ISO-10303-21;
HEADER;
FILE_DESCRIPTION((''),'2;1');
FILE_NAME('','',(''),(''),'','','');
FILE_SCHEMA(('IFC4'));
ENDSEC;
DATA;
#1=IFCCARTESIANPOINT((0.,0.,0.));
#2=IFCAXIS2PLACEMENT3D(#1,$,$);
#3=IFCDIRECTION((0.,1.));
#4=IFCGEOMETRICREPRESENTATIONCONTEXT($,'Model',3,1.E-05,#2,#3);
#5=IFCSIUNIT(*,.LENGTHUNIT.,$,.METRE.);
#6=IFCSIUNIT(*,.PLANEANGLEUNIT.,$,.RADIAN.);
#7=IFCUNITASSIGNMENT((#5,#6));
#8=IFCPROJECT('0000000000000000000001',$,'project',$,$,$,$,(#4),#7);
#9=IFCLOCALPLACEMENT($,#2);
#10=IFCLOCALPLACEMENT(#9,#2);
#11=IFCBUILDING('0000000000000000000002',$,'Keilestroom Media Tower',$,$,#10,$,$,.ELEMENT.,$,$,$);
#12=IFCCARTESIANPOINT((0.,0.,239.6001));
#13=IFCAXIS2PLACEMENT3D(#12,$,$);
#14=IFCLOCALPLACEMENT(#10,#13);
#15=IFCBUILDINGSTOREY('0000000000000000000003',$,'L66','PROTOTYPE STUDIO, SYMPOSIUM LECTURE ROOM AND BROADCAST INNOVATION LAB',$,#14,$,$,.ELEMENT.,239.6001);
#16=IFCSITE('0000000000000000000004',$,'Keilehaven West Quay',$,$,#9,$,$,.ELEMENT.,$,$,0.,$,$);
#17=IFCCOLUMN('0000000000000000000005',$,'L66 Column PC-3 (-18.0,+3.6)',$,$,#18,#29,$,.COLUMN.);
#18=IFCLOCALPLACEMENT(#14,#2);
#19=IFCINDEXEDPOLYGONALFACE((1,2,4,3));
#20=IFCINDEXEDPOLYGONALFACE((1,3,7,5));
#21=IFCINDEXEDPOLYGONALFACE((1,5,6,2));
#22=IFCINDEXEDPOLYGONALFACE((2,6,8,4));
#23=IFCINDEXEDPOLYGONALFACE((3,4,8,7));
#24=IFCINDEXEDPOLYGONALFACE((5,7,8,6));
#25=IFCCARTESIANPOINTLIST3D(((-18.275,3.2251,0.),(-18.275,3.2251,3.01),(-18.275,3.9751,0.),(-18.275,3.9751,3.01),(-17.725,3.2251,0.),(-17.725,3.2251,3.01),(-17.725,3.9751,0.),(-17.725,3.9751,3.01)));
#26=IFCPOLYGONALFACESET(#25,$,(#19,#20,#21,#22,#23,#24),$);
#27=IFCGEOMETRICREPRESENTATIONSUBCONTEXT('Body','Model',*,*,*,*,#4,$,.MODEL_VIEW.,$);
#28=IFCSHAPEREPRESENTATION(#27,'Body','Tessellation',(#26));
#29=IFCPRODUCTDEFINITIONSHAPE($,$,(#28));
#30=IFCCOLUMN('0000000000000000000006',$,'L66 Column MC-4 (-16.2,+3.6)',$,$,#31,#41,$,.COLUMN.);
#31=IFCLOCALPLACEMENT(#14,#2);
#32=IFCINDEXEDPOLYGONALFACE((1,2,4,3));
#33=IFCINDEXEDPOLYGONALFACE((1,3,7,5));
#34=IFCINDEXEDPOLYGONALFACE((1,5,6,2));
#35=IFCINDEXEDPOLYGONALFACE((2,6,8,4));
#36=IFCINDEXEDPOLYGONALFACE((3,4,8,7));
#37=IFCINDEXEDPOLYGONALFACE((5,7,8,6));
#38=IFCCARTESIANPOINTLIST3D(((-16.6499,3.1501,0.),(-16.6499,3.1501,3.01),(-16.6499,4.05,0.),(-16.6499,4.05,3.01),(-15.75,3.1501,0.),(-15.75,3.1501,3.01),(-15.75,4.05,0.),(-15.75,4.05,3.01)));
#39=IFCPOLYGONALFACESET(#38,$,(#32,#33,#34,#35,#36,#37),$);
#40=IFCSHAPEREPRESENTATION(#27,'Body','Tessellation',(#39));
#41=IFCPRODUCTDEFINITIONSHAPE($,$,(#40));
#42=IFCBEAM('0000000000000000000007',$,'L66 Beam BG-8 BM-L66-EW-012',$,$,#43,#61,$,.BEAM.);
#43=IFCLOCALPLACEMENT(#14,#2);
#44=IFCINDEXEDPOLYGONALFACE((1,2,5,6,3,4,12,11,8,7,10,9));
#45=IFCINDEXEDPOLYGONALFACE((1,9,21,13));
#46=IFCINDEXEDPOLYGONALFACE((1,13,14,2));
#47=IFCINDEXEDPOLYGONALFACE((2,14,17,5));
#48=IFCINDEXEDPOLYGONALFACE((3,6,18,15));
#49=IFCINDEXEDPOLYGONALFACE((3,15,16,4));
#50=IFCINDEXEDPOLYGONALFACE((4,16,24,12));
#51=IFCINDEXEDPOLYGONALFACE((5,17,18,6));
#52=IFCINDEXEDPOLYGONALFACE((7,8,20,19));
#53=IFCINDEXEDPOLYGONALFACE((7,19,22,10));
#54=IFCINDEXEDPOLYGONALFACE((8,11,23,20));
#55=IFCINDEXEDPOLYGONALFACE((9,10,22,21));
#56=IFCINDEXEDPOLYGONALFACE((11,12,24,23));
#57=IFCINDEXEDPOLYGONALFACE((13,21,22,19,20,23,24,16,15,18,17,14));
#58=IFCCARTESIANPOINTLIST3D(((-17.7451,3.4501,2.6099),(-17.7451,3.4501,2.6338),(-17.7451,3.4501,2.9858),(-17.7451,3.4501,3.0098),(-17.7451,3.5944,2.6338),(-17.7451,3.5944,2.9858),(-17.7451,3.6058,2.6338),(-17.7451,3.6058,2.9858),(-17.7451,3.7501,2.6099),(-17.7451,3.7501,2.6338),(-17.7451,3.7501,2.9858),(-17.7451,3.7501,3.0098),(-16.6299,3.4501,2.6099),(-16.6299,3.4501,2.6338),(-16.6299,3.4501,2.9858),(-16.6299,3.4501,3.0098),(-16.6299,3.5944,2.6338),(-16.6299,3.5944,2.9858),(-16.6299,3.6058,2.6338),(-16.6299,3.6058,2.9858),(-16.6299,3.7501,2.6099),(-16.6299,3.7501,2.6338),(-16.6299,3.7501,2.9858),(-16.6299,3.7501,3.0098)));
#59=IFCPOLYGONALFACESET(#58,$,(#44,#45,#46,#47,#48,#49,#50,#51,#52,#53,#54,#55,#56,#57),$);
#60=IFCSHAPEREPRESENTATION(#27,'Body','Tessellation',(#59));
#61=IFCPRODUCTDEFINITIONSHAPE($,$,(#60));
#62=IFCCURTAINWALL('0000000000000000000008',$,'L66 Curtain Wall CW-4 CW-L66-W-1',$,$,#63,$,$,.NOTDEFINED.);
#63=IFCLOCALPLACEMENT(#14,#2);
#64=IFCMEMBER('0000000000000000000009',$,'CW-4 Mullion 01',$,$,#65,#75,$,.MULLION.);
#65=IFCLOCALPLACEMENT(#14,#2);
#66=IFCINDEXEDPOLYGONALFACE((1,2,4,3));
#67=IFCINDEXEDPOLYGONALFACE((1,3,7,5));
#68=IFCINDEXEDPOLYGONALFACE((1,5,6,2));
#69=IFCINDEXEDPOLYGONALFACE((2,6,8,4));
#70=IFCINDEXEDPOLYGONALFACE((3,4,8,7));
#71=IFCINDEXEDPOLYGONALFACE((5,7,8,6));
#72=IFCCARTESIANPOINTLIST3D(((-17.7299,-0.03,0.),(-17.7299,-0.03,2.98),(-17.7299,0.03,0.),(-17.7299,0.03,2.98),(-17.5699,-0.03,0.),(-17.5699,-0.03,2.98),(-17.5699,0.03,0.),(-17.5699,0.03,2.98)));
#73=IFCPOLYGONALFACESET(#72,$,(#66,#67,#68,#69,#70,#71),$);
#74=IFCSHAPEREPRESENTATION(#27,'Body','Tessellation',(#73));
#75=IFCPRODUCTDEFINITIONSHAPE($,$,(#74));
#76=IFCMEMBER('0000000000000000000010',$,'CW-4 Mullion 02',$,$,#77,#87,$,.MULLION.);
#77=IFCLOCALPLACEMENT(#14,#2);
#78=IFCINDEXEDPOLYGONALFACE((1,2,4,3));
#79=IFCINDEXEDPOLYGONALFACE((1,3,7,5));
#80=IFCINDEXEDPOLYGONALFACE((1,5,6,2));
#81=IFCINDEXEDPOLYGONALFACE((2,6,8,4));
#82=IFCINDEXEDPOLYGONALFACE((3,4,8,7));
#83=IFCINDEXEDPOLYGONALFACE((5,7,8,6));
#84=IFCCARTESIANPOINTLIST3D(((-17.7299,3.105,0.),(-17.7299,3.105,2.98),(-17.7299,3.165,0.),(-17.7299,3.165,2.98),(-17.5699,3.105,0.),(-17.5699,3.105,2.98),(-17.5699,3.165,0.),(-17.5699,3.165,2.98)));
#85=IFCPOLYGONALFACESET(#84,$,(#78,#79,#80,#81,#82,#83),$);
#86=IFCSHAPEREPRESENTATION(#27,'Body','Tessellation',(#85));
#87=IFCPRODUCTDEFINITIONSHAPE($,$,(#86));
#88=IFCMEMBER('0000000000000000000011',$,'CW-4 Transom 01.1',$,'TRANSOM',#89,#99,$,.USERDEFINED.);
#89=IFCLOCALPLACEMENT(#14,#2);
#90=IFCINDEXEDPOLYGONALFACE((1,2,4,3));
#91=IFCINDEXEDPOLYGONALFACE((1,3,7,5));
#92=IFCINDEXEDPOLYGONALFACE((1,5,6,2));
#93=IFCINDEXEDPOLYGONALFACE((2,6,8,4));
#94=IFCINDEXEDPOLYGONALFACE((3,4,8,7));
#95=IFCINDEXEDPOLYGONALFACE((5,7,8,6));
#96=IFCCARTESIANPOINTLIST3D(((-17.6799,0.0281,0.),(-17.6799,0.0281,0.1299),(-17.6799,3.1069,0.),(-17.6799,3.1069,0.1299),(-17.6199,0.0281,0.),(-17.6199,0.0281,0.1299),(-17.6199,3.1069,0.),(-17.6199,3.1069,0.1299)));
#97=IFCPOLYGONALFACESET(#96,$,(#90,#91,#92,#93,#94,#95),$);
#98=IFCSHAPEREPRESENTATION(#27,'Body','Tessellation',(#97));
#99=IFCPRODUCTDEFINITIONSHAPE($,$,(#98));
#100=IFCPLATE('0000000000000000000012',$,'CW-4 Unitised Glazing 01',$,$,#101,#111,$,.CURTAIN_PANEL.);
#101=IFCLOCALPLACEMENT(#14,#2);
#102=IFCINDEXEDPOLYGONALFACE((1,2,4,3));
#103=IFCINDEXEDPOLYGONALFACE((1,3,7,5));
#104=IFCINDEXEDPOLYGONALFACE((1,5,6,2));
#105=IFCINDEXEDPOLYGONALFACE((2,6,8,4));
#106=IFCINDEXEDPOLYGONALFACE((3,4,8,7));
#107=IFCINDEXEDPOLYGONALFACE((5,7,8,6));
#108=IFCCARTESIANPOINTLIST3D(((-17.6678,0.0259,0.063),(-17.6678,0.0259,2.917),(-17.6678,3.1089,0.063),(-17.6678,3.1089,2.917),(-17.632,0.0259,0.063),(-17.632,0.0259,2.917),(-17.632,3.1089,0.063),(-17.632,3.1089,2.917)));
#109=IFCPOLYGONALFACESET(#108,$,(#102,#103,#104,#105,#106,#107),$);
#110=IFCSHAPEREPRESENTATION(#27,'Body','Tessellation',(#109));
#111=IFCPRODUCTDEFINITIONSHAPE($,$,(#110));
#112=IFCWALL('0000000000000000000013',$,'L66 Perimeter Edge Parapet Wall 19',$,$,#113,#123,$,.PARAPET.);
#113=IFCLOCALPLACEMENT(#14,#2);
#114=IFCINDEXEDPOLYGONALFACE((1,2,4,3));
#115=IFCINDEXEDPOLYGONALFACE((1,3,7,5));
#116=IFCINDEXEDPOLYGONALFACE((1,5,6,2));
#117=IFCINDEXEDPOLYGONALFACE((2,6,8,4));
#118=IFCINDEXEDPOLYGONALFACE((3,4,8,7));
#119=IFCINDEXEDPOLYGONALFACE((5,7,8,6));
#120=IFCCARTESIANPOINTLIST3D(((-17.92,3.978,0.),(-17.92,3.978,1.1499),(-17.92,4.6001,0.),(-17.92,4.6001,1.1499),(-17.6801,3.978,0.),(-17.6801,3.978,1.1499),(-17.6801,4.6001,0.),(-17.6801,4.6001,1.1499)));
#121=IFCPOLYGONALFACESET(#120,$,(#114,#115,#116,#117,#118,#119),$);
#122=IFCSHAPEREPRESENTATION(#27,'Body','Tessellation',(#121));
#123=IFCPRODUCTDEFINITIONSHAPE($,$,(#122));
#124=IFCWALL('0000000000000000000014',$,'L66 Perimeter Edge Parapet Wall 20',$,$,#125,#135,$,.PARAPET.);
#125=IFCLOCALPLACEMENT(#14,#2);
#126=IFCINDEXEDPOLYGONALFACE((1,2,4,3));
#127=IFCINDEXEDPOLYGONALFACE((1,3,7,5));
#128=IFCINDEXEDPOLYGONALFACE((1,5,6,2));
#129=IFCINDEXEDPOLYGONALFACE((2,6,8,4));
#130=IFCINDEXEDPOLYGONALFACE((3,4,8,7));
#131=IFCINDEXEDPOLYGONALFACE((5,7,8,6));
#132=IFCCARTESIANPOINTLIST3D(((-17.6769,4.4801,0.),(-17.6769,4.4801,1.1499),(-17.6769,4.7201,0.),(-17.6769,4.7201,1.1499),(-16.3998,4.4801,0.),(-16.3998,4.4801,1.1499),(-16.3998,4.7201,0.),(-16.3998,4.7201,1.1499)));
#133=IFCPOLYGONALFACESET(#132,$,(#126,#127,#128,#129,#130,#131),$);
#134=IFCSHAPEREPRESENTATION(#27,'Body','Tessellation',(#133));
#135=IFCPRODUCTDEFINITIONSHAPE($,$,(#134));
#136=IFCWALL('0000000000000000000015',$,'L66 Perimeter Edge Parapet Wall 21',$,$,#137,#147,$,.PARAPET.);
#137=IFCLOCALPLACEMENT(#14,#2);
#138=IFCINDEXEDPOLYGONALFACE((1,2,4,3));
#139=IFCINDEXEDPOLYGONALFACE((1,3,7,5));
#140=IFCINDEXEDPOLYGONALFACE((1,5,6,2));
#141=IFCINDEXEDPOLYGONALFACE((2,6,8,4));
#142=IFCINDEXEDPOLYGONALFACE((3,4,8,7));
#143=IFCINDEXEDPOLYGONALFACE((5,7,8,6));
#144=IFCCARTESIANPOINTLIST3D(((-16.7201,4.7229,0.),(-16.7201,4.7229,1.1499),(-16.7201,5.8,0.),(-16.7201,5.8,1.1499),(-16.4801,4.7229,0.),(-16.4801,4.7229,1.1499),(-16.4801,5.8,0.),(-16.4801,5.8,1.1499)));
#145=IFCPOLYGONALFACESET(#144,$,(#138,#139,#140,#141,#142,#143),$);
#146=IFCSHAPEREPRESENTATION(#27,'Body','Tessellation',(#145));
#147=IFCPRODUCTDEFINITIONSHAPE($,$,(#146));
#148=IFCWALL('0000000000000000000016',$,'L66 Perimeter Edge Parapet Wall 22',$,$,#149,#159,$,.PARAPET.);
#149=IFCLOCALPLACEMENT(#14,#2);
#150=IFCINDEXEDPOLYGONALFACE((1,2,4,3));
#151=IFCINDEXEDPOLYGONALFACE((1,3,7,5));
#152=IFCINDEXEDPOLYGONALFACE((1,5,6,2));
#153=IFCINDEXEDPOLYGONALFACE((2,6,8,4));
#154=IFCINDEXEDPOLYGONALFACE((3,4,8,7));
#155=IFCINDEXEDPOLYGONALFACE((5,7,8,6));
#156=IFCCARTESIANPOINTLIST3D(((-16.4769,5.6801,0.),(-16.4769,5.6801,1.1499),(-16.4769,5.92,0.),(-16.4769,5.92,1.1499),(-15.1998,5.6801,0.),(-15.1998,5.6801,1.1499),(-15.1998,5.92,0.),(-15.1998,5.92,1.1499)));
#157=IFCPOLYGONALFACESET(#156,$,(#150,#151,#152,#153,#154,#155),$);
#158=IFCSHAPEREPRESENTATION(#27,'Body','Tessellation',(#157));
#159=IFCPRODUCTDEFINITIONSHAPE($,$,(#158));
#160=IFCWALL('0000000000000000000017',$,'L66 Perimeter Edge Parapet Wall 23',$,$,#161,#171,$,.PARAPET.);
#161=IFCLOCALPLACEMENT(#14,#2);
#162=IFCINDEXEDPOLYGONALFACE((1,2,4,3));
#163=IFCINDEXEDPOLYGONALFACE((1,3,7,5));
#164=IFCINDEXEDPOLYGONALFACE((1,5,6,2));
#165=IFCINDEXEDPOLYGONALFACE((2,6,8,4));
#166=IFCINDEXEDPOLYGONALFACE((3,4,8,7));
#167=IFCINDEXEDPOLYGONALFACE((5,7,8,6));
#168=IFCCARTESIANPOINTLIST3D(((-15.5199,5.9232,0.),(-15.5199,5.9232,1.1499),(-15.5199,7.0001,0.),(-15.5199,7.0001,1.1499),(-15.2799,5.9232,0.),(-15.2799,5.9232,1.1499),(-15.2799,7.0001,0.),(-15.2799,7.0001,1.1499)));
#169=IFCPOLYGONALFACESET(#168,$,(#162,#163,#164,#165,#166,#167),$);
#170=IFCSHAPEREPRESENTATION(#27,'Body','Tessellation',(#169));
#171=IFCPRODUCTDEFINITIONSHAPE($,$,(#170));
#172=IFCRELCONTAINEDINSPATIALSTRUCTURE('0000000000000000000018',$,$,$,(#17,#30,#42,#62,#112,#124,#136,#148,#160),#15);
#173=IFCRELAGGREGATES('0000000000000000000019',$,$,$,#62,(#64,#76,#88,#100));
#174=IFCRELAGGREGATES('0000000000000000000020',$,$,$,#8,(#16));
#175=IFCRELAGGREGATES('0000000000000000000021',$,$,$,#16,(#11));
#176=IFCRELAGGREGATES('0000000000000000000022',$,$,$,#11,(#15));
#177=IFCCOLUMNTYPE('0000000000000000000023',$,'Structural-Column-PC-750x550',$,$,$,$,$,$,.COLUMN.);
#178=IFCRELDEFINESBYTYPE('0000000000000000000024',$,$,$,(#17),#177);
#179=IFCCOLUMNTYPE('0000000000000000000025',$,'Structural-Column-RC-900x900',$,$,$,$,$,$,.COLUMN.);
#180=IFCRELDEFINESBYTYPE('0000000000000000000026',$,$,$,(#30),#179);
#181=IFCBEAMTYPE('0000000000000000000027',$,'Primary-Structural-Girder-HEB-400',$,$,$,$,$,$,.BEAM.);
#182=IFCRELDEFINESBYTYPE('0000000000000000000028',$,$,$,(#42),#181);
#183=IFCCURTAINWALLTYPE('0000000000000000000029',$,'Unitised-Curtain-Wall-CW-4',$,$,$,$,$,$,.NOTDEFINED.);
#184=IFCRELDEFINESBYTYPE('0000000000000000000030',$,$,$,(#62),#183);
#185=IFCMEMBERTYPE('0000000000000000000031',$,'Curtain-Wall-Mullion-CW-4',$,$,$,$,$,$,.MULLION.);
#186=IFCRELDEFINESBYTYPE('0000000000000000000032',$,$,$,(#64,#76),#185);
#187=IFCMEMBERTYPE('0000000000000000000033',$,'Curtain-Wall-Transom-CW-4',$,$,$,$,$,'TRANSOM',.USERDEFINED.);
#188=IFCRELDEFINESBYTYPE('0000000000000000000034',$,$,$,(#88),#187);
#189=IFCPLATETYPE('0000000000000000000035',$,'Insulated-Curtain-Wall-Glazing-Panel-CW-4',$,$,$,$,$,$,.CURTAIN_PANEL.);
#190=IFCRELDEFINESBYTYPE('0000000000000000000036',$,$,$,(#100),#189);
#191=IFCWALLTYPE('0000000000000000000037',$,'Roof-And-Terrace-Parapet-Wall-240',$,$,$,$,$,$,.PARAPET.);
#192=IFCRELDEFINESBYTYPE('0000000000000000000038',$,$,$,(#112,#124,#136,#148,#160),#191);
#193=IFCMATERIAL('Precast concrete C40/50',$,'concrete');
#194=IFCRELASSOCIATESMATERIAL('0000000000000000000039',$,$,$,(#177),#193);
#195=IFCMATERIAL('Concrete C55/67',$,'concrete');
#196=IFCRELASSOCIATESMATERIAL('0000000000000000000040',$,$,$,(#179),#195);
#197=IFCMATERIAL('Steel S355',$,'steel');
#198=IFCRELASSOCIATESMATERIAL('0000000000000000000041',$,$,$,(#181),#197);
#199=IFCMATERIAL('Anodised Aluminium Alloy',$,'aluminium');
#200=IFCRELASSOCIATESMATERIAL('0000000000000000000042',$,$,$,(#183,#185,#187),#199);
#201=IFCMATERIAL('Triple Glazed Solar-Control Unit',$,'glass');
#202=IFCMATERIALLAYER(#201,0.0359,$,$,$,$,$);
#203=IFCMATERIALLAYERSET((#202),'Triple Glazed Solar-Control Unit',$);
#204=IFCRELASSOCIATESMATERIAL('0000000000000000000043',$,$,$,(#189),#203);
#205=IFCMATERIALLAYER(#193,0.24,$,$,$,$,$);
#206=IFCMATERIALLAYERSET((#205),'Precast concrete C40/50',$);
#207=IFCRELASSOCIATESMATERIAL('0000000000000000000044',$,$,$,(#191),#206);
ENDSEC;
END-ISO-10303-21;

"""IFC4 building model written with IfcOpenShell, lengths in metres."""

from ifc_helpers import new_model, si_unit, direction, frame, frame_2d, origin, origin_2d, place, context, subcontext, project, spatial, rectangle, i_section, extrude, source, transform, mapped, material, layer, layer_set, material_profile, profile_set, type_object, element, aggregate, save


model = new_model("IFC4")

# Units and contexts
model_context = context("Model", 3, precision=1e-05, world=origin(), true_north=direction((0.0, 1.0)))
body_context = subcontext(model_context, "Body", "Model", "MODEL_VIEW")
ifc_project = project(units=[si_unit("LENGTHUNIT", "METRE"), si_unit("PLANEANGLEUNIT", "RADIAN")], contexts=[model_context])

# Site, building, storey
site_placement = place(None, origin())
site = spatial("IfcSite", under=ifc_project, at=site_placement, Name="Keilehaven West Quay", CompositionType="ELEMENT", RefElevation=0.0)
building_placement = place(site_placement, origin())
building = spatial("IfcBuilding", under=site, at=building_placement, Name="Keilestroom Media Tower", CompositionType="ELEMENT")
storey_placement = place(building_placement, frame((0.0, 0.0, 239.6001)))
storey = spatial("IfcBuildingStorey", under=building, at=storey_placement, Name="L66", Description="PROTOTYPE STUDIO, SYMPOSIUM LECTURE ROOM AND BROADCAST INNOVATION LAB", CompositionType="ELEMENT", Elevation=239.6001)

# Columns
ifc_material_1 = material(Name="Precast concrete C40/50", Category="concrete")
ifc_material_profile_1 = material_profile(ifc_material_1, rectangle(XDim=0.55, YDim=0.75, at=origin_2d()), Name="PC 750x550")
ifc_profile_set_1 = profile_set([ifc_material_profile_1], Name="Precast concrete C40/50")
column_type_1 = type_object("IfcColumnType", Name="Structural-Column-PC-750x550", PredefinedType="COLUMN", material=ifc_profile_set_1)
shared_shape_1 = source(origin(), body_context, "Body", "SweptSolid", [
    extrude(rectangle(XDim=0.55, YDim=0.75, at=origin_2d()), origin(), (0.0, 0.0, 1.0), 3.01),
])
column_1_placement = place(storey_placement, frame((-18.0, 3.6001, 0.0), z_axis=(0.0, 0.0, 1.0), x_axis=(1.0, 0.0, 0.0)))
element("IfcColumn", 1, at=column_1_placement, inside=storey, type_object=column_type_1, Name="L66 Column PC-3 (-18.0,+3.6)", PredefinedType="COLUMN", context=body_context, shape_type="MappedRepresentation", body=[
    mapped(shared_shape_1, transform((0.0, 0.0, 0.0), x_axis=(1.0, 0.0, 0.0), y_axis=(0.0, 1.0, 0.0), z_axis=(0.0, 0.0, 1.0), scale=1.0)),
])
ifc_material_2 = material(Name="Concrete C55/67", Category="concrete")
ifc_material_profile_2 = material_profile(ifc_material_2, rectangle(XDim=0.8999, YDim=0.8999, at=origin_2d()), Name="RC 900x900")
ifc_profile_set_2 = profile_set([ifc_material_profile_2], Name="Concrete C55/67")
column_type_2 = type_object("IfcColumnType", Name="Structural-Column-RC-900x900", PredefinedType="COLUMN", material=ifc_profile_set_2)
shared_shape_2 = source(origin(), body_context, "Body", "SweptSolid", [
    extrude(rectangle(XDim=0.8999, YDim=0.8999, at=origin_2d()), origin(), (0.0, 0.0, 1.0), 3.01),
])
column_2_placement = place(storey_placement, frame((-16.2, 3.6001, 0.0), z_axis=(0.0, 0.0, 1.0), x_axis=(1.0, 0.0, 0.0)))
element("IfcColumn", 2, at=column_2_placement, inside=storey, type_object=column_type_2, Name="L66 Column MC-4 (-16.2,+3.6)", PredefinedType="COLUMN", context=body_context, shape_type="MappedRepresentation", body=[
    mapped(shared_shape_2, transform((0.0, 0.0, 0.0), x_axis=(1.0, 0.0, 0.0), y_axis=(0.0, 1.0, 0.0), z_axis=(0.0, 0.0, 1.0), scale=1.0)),
])

# Beam
ifc_material_3 = material(Name="Steel S355", Category="steel")
ifc_material_profile_3 = material_profile(ifc_material_3, i_section(OverallWidth=0.3, OverallDepth=0.3999, WebThickness=0.0115, FlangeThickness=0.0239, at=origin_2d()), Name="HEB 400")
ifc_profile_set_3 = profile_set([ifc_material_profile_3], Name="Steel S355")
beam_type = type_object("IfcBeamType", Name="Primary-Structural-Girder-HEB-400", PredefinedType="BEAM", material=ifc_profile_set_3)
shared_shape_3 = source(origin(), body_context, "Body", "SweptSolid", [
    extrude(i_section(OverallWidth=0.3, OverallDepth=0.3999, WebThickness=0.0115, FlangeThickness=0.0239, at=origin_2d()), origin(), (0.0, 0.0, 1.0), 1.1152),
])
beam_placement = place(storey_placement, frame((-17.7451, 3.6001, 2.8098), z_axis=(1.0, 0.0, 0.0), x_axis=(0.0, 1.0, 0.0)))
element("IfcBeam", 3, at=beam_placement, inside=storey, type_object=beam_type, Name="L66 Beam BG-8 BM-L66-EW-012", PredefinedType="BEAM", context=body_context, shape_type="MappedRepresentation", body=[
    mapped(shared_shape_3, transform((0.0, 0.0, 0.0), x_axis=(1.0, 0.0, 0.0), y_axis=(0.0, 1.0, 0.0), z_axis=(0.0, 0.0, 1.0), scale=1.0)),
])

# Curtain wall, members, plate
ifc_material_4 = material(Name="Anodised Aluminium Alloy", Category="aluminium")
curtain_wall_type = type_object("IfcCurtainWallType", Name="Unitised-Curtain-Wall-CW-4", PredefinedType="NOTDEFINED", material=ifc_material_4)
curtain_wall_placement = place(storey_placement, origin())
curtain_wall = element("IfcCurtainWall", 4, at=curtain_wall_placement, inside=storey, type_object=curtain_wall_type, Name="L66 Curtain Wall CW-4 CW-L66-W-1", PredefinedType="NOTDEFINED")
ifc_material_profile_4 = material_profile(ifc_material_4, rectangle(XDim=0.0601, YDim=0.1599, at=origin_2d()), Name="ALU MULLION 60x160")
ifc_profile_set_4 = profile_set([ifc_material_profile_4], Name="Anodised Aluminium Alloy")
member_type_1 = type_object("IfcMemberType", Name="Curtain-Wall-Mullion-CW-4", PredefinedType="MULLION", material=ifc_profile_set_4)
shared_shape_4 = source(origin(), body_context, "Body", "SweptSolid", [
    extrude(rectangle(XDim=0.0601, YDim=0.1599, at=origin_2d()), origin(), (0.0, 0.0, 1.0), 2.98),
])
member_1_placement = place(storey_placement, frame((-17.6499, 0.0, 0.0), z_axis=(0.0, 0.0, 1.0), x_axis=(0.0, 1.0, 0.0)))
member_1 = element("IfcMember", 5, at=member_1_placement, type_object=member_type_1, Name="CW-4 Mullion 01", PredefinedType="MULLION", context=body_context, shape_type="MappedRepresentation", body=[
    mapped(shared_shape_4, transform((0.0, 0.0, 0.0), x_axis=(1.0, 0.0, 0.0), y_axis=(0.0, 1.0, 0.0), z_axis=(0.0, 0.0, 1.0), scale=1.0)),
])
member_2_placement = place(storey_placement, frame((-17.6499, 3.135, 0.0), z_axis=(0.0, 0.0, 1.0), x_axis=(0.0, 1.0, 0.0)))
member_2 = element("IfcMember", 6, at=member_2_placement, type_object=member_type_1, Name="CW-4 Mullion 02", PredefinedType="MULLION", context=body_context, shape_type="MappedRepresentation", body=[
    mapped(shared_shape_4, transform((0.0, 0.0, 0.0), x_axis=(1.0, 0.0, 0.0), y_axis=(0.0, 1.0, 0.0), z_axis=(0.0, 0.0, 1.0), scale=1.0)),
])
ifc_material_profile_5 = material_profile(ifc_material_4, rectangle(XDim=0.0601, YDim=0.1299, at=origin_2d()), Name="ALU TRANSOM 60x130")
ifc_profile_set_5 = profile_set([ifc_material_profile_5], Name="Anodised Aluminium Alloy")
member_type_2 = type_object("IfcMemberType", Name="Curtain-Wall-Transom-CW-4", ElementType="TRANSOM", PredefinedType="USERDEFINED", material=ifc_profile_set_5)
shared_shape_5 = source(origin(), body_context, "Body", "SweptSolid", [
    extrude(rectangle(XDim=0.0601, YDim=0.1299, at=origin_2d()), origin(), (0.0, 0.0, 1.0), 3.0789),
])
member_3_placement = place(storey_placement, frame((-17.6499, 0.0281, 0.0649), z_axis=(0.0, 1.0, 0.0), x_axis=(-1.0, 0.0, 0.0)))
member_3 = element("IfcMember", 7, at=member_3_placement, type_object=member_type_2, Name="CW-4 Transom 01.1", ObjectType="TRANSOM", PredefinedType="USERDEFINED", context=body_context, shape_type="MappedRepresentation", body=[
    mapped(shared_shape_5, transform((0.0, 0.0, 0.0), x_axis=(1.0, 0.0, 0.0), y_axis=(0.0, 1.0, 0.0), z_axis=(0.0, 0.0, 1.0), scale=1.0)),
])
ifc_material_5 = material(Name="Triple Glazed Solar-Control Unit", Category="glass")
ifc_layer_1 = layer(ifc_material_5, 0.0359)
ifc_layer_set_1 = layer_set([ifc_layer_1], Name="Triple Glazed Solar-Control Unit")
plate_type = type_object("IfcPlateType", Name="Insulated-Curtain-Wall-Glazing-Panel-CW-4", PredefinedType="CURTAIN_PANEL", material=ifc_layer_set_1)
shared_shape_6 = source(origin(), body_context, "Body", "SweptSolid", [
    extrude(rectangle(XDim=3.083, YDim=0.0359, at=origin_2d()), origin(), (0.0, 0.0, 1.0), 2.854),
])
plate_placement = place(storey_placement, frame((-17.6499, 1.5674, 0.063), z_axis=(0.0, 0.0, 1.0), x_axis=(0.0, 1.0, 0.0)))
plate = element("IfcPlate", 8, at=plate_placement, type_object=plate_type, Name="CW-4 Unitised Glazing 01", PredefinedType="CURTAIN_PANEL", context=body_context, shape_type="MappedRepresentation", body=[
    mapped(shared_shape_6, transform((0.0, 0.0, 0.0), x_axis=(1.0, 0.0, 0.0), y_axis=(0.0, 1.0, 0.0), z_axis=(0.0, 0.0, 1.0), scale=1.0)),
])
aggregate(curtain_wall, [member_1, member_2, member_3, plate])

# Walls
ifc_layer_2 = layer(ifc_material_1, 0.24)
ifc_layer_set_2 = layer_set([ifc_layer_2], Name="Precast concrete C40/50")
wall_type = type_object("IfcWallType", Name="Roof-And-Terrace-Parapet-Wall-240", PredefinedType="PARAPET", material=ifc_layer_set_2)
wall_1_placement = place(storey_placement, frame((-17.8, 3.978, 0.0), z_axis=(0.0, 0.0, 1.0), x_axis=(0.0, 1.0, 0.0)))
element("IfcWall", 9, at=wall_1_placement, inside=storey, type_object=wall_type, Name="L66 Perimeter Edge Parapet Wall 19", PredefinedType="PARAPET", context=body_context, shape_type="SweptSolid", body=[
    extrude(rectangle(XDim=0.6221, YDim=0.24, at=frame_2d((0.311, 0.0))), origin(), (0.0, 0.0, 1.0), 1.1499),
])
wall_2_placement = place(storey_placement, frame((-17.677, 4.6001, 0.0), z_axis=(0.0, 0.0, 1.0), x_axis=(1.0, 0.0, 0.0)))
element("IfcWall", 10, at=wall_2_placement, inside=storey, type_object=wall_type, Name="L66 Perimeter Edge Parapet Wall 20", PredefinedType="PARAPET", context=body_context, shape_type="SweptSolid", body=[
    extrude(rectangle(XDim=1.2771, YDim=0.24, at=frame_2d((0.6387, 0.0))), origin(), (0.0, 0.0, 1.0), 1.1499),
])
wall_3_placement = place(storey_placement, frame((-16.6001, 4.7229, 0.0), z_axis=(0.0, 0.0, 1.0), x_axis=(0.0, 1.0, 0.0)))
element("IfcWall", 11, at=wall_3_placement, inside=storey, type_object=wall_type, Name="L66 Perimeter Edge Parapet Wall 21", PredefinedType="PARAPET", context=body_context, shape_type="SweptSolid", body=[
    extrude(rectangle(XDim=1.0771, YDim=0.24, at=frame_2d((0.5386, 0.0))), origin(), (0.0, 0.0, 1.0), 1.1499),
])
wall_4_placement = place(storey_placement, frame((-16.4771, 5.8, 0.0), z_axis=(0.0, 0.0, 1.0), x_axis=(1.0, 0.0, 0.0)))
element("IfcWall", 12, at=wall_4_placement, inside=storey, type_object=wall_type, Name="L66 Perimeter Edge Parapet Wall 22", PredefinedType="PARAPET", context=body_context, shape_type="SweptSolid", body=[
    extrude(rectangle(XDim=1.2771, YDim=0.24, at=frame_2d((0.6387, 0.0))), origin(), (0.0, 0.0, 1.0), 1.1499),
])
wall_5_placement = place(storey_placement, frame((-15.3999, 5.9231, 0.0), z_axis=(0.0, 0.0, 1.0), x_axis=(0.0, 1.0, 0.0)))
element("IfcWall", 13, at=wall_5_placement, inside=storey, type_object=wall_type, Name="L66 Perimeter Edge Parapet Wall 23", PredefinedType="PARAPET", context=body_context, shape_type="SweptSolid", body=[
    extrude(rectangle(XDim=1.0769, YDim=0.24, at=frame_2d((0.5386, 0.0))), origin(), (0.0, 0.0, 1.0), 1.1499),
])

save(model, "model.ifc")
